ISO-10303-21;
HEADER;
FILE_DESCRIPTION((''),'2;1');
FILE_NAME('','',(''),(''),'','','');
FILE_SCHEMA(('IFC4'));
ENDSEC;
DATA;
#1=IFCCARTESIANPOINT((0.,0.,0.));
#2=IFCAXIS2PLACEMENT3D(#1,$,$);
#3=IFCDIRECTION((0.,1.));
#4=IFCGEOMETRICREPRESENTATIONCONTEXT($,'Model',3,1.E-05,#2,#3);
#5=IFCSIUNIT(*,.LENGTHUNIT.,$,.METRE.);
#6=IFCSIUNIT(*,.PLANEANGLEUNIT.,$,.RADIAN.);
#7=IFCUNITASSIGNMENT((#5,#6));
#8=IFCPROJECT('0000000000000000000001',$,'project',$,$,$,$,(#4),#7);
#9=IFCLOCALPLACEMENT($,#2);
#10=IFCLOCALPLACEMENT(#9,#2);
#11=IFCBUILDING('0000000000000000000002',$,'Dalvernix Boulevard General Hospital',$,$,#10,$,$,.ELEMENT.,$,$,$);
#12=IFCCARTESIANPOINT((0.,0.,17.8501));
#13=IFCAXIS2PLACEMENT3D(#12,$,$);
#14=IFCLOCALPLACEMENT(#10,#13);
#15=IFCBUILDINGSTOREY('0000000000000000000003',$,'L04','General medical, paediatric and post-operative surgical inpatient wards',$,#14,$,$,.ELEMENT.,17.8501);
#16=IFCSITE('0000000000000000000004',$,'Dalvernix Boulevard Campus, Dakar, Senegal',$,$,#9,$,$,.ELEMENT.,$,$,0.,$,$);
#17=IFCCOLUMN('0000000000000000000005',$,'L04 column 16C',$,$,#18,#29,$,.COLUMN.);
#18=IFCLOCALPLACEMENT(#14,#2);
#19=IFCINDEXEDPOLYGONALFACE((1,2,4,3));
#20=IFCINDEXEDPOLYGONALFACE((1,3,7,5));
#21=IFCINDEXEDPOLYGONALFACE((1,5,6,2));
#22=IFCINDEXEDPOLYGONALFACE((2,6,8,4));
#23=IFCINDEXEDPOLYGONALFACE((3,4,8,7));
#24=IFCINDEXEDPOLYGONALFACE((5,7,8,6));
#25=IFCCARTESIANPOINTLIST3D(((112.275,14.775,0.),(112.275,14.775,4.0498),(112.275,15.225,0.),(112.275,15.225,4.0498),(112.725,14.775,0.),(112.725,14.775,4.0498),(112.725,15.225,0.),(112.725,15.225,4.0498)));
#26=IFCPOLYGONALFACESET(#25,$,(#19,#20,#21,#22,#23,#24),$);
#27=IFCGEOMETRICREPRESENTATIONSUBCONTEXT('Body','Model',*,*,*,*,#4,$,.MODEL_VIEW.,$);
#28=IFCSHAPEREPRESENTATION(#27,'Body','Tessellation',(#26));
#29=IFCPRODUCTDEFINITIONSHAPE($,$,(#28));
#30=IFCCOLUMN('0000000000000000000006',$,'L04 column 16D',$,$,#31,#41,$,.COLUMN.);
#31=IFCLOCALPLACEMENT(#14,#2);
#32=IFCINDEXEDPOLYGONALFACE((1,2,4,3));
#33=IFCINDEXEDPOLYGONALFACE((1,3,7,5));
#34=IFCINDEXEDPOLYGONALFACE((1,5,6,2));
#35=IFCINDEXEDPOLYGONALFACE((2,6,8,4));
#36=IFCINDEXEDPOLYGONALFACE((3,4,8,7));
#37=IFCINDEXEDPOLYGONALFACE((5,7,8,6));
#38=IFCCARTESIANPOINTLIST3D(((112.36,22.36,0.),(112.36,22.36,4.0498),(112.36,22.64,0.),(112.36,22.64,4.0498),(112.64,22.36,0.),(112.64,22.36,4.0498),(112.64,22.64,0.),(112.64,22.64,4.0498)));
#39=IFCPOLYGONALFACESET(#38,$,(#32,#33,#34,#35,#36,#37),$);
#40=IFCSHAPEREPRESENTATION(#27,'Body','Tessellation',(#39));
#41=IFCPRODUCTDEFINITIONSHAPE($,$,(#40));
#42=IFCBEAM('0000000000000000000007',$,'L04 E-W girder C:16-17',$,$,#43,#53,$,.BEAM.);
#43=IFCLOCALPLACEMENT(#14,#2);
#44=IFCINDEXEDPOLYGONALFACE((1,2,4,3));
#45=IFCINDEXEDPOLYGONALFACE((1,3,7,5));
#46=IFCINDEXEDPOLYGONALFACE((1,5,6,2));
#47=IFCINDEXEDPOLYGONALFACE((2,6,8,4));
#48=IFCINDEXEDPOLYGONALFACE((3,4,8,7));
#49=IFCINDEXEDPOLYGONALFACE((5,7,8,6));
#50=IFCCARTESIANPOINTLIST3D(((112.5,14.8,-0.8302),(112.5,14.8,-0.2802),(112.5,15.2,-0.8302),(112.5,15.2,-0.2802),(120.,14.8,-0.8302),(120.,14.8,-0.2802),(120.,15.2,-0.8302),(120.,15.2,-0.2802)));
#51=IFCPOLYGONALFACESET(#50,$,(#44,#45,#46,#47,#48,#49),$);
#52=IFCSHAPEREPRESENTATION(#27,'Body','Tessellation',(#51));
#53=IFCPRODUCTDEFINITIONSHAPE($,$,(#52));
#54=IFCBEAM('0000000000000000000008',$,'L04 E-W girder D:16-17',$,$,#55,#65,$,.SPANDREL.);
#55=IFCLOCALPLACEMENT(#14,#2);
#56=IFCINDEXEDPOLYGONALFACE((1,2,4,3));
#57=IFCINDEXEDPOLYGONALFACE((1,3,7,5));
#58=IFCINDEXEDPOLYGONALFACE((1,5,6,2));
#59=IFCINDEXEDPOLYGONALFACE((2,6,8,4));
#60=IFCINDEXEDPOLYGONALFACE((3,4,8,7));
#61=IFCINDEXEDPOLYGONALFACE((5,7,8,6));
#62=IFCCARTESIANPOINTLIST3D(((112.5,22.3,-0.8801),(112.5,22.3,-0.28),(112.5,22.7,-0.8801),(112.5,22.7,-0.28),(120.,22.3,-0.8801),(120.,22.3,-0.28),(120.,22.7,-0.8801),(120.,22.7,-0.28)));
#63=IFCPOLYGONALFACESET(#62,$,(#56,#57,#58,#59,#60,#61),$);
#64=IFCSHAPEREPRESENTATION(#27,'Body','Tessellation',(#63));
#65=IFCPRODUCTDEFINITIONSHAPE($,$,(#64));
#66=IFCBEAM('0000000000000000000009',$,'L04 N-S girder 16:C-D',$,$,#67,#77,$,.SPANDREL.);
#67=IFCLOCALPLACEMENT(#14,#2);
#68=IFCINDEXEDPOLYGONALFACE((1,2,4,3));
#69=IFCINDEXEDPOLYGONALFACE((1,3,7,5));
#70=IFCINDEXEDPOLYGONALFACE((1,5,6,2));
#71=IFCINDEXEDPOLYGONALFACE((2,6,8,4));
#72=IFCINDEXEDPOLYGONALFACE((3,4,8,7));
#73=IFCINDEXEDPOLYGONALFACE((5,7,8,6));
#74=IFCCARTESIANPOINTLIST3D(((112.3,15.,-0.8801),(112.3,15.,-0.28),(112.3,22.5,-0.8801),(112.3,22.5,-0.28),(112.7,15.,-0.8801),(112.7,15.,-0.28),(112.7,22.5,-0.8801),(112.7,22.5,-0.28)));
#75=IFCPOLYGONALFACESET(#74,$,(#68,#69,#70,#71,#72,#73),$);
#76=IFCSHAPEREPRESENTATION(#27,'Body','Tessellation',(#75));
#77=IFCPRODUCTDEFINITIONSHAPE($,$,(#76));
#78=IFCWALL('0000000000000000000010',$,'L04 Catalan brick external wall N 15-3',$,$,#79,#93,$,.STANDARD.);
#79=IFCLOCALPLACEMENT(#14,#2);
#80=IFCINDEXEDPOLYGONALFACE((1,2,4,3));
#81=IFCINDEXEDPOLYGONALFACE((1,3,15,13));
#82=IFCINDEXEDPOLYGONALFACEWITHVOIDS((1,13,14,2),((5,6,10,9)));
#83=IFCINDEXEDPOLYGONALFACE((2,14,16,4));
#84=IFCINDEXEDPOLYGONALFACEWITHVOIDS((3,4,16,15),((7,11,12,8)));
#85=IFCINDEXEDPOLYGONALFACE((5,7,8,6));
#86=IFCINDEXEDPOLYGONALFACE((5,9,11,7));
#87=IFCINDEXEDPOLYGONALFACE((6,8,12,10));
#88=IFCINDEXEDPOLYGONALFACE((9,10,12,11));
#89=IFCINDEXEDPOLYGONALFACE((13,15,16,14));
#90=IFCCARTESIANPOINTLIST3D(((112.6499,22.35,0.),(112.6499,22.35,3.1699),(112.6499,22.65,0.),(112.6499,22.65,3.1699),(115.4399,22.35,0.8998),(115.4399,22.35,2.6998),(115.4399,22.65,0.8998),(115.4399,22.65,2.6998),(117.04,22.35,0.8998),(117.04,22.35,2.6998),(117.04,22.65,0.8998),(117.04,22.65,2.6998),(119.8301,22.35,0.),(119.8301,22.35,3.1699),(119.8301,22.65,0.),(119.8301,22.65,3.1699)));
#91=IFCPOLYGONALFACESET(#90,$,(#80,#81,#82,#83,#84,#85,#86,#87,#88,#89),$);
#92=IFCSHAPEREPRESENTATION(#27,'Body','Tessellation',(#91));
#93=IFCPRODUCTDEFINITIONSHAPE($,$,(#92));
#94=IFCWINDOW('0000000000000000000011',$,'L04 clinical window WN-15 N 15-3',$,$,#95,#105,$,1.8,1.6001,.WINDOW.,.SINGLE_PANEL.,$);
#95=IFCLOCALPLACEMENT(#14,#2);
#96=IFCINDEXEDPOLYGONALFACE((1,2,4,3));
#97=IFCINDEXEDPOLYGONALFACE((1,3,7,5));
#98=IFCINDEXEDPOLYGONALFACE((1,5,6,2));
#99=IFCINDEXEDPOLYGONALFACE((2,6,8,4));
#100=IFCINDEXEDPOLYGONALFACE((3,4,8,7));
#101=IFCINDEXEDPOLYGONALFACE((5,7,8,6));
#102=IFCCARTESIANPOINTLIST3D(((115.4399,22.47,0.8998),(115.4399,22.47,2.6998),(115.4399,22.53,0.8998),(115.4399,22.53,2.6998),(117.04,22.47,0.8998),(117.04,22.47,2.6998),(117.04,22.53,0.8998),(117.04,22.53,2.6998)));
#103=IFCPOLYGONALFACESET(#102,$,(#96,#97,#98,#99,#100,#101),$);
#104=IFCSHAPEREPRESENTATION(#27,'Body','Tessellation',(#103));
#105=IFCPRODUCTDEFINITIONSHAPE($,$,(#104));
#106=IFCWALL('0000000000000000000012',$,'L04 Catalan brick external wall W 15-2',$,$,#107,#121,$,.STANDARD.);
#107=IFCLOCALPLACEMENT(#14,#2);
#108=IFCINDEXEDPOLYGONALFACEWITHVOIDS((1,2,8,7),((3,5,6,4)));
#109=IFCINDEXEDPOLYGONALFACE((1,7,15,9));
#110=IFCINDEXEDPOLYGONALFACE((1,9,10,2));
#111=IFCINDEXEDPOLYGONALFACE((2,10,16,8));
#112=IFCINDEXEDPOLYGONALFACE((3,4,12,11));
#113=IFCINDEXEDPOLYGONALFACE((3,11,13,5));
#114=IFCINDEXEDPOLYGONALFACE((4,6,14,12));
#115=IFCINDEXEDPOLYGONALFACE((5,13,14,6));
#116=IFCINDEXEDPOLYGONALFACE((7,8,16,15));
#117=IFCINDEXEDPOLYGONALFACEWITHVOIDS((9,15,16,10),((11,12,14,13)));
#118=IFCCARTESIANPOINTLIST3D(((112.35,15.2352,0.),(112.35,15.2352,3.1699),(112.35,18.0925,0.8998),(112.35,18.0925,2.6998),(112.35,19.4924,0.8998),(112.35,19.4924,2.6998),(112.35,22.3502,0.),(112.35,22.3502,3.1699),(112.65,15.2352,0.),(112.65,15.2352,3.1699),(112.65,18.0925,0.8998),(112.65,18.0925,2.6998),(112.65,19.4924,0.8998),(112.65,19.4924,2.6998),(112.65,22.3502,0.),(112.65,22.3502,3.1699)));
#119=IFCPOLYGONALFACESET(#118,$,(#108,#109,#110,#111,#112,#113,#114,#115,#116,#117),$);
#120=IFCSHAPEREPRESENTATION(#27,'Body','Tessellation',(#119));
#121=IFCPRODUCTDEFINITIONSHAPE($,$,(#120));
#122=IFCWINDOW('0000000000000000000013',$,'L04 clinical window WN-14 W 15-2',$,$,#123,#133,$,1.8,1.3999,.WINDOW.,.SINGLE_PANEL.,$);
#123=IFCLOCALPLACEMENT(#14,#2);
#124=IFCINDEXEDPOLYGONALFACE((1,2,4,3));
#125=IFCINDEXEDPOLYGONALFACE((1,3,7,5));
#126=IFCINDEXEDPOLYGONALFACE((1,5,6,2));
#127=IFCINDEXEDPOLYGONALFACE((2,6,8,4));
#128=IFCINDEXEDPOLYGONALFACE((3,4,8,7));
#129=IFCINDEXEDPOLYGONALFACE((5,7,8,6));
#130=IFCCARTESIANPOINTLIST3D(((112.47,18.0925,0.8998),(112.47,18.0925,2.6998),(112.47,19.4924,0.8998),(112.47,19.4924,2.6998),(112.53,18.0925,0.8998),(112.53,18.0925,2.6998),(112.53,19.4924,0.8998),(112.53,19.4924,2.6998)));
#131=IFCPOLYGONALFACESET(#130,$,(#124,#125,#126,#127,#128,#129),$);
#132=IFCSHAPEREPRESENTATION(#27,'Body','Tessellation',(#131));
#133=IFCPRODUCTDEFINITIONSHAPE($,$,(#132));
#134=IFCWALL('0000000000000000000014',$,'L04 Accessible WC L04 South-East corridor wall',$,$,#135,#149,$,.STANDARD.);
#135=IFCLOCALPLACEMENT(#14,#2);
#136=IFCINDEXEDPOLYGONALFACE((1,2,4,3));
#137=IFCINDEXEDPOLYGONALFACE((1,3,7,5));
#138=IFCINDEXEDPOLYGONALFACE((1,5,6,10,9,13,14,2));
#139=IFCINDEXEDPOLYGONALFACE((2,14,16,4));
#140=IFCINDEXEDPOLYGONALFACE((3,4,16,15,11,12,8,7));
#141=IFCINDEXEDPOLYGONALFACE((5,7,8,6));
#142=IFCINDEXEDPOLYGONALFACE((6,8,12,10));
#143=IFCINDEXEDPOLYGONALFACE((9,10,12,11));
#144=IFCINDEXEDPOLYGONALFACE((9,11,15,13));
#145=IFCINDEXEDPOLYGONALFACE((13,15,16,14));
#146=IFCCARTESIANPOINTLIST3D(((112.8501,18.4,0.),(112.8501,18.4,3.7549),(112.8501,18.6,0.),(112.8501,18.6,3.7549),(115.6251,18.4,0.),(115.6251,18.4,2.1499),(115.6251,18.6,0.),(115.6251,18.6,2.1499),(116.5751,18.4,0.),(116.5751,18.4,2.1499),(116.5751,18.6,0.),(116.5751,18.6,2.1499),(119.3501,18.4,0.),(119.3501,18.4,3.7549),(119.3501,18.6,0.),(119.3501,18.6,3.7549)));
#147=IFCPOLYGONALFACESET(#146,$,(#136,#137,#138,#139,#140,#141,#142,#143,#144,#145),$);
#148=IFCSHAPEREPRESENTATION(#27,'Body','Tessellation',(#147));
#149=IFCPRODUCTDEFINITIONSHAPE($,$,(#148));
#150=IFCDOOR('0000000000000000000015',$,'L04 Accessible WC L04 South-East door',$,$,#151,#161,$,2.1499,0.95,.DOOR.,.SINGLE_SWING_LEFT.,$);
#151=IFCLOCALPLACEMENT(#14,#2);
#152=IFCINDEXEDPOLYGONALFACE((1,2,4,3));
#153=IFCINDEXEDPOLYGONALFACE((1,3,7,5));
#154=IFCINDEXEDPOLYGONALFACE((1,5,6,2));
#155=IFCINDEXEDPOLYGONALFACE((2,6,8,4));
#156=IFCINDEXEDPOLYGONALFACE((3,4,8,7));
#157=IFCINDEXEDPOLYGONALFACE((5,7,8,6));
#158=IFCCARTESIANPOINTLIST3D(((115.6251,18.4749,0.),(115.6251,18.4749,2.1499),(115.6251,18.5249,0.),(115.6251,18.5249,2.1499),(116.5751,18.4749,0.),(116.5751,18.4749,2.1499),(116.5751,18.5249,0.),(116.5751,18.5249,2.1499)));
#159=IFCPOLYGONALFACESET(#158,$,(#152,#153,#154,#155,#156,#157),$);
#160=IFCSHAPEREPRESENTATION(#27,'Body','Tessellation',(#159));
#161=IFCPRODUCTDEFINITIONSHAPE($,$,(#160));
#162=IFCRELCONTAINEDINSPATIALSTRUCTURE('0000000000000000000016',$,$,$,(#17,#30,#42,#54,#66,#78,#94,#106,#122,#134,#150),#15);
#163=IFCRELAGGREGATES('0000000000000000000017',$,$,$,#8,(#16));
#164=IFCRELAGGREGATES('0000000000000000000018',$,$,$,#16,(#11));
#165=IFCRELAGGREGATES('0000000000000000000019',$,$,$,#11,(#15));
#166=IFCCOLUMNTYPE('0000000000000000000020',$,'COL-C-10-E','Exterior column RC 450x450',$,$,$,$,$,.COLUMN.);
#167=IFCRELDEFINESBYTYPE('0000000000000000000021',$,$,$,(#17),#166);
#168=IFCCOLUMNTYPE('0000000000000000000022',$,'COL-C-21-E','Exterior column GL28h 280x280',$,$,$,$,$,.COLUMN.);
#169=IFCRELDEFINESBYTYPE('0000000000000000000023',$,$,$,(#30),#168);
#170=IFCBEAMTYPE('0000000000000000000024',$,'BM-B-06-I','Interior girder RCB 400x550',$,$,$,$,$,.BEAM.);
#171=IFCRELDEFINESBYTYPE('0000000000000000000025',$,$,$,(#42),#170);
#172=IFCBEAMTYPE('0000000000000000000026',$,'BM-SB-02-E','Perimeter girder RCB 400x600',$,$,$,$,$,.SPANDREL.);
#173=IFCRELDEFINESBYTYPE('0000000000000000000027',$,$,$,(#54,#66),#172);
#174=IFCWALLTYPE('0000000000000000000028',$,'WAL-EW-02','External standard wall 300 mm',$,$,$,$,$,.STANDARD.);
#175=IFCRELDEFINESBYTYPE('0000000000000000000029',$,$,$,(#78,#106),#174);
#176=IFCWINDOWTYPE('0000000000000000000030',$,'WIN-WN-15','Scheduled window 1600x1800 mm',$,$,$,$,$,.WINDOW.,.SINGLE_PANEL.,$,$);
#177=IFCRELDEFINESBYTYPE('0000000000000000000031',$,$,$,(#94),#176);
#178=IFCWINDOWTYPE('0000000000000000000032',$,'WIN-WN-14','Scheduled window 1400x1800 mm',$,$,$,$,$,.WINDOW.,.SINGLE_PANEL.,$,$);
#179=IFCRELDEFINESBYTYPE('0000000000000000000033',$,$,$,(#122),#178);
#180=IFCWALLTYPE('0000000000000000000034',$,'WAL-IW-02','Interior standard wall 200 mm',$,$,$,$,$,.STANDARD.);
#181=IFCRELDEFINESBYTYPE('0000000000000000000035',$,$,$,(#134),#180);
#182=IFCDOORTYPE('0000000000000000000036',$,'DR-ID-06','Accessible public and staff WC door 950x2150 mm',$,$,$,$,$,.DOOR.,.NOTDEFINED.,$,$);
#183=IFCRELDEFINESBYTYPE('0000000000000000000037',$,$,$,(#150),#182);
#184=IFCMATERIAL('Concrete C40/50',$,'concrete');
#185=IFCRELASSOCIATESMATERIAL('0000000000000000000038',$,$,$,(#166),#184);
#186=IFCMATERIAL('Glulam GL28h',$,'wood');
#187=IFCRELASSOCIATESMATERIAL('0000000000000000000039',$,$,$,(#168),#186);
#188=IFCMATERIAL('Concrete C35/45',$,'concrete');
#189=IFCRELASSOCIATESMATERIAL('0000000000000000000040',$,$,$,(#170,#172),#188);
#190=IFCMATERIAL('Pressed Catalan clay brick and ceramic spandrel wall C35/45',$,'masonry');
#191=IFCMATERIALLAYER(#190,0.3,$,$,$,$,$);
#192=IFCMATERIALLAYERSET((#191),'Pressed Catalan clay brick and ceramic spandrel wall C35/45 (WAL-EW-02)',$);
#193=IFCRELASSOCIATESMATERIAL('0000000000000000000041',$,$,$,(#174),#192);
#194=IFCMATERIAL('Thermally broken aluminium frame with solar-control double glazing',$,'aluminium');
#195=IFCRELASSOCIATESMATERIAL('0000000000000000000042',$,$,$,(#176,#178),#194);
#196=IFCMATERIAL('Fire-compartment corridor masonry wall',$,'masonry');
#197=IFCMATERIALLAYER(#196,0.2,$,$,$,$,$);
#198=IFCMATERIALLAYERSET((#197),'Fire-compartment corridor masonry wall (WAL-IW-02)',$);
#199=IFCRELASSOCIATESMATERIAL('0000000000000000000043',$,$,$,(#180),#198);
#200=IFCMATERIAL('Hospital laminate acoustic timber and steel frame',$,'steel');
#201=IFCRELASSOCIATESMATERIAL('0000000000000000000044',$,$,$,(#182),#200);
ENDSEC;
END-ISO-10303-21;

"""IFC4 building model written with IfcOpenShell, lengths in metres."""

from ifc_helpers import new_model, si_unit, direction, frame, frame_2d, origin, origin_2d, place, context, subcontext, project, spatial, rectangle, extrude, material, layer, layer_set, material_profile, profile_set, type_object, element, fill, save


model = new_model("IFC4")

# Units and contexts
model_context = context("Model", 3, precision=1e-05, world=origin(), true_north=direction((0.0, 1.0)))
body_context = subcontext(model_context, "Body", "Model", "MODEL_VIEW")
ifc_project = project(units=[si_unit("LENGTHUNIT", "METRE"), si_unit("PLANEANGLEUNIT", "RADIAN")], contexts=[model_context])

# Site, building, storey
site_placement = place(None, origin())
site = spatial("IfcSite", under=ifc_project, at=site_placement, Name="Dalvernix Boulevard Campus, Dakar, Senegal", CompositionType="ELEMENT", RefElevation=0.0)
building_placement = place(site_placement, origin())
building = spatial("IfcBuilding", under=site, at=building_placement, Name="Dalvernix Boulevard General Hospital", CompositionType="ELEMENT")
storey_placement = place(building_placement, frame((0.0, 0.0, 17.8501)))
storey = spatial("IfcBuildingStorey", under=building, at=storey_placement, Name="L04", Description="General medical, paediatric and post-operative surgical inpatient wards", CompositionType="ELEMENT", Elevation=17.8501)

# Columns
ifc_material_1 = material(Name="Concrete C40/50", Category="concrete")
ifc_material_profile_1 = material_profile(ifc_material_1, rectangle(XDim=0.45, YDim=0.45, at=origin_2d()), Name="RC 450x450")
ifc_profile_set_1 = profile_set([ifc_material_profile_1], Name="Concrete C40/50")
column_type_1 = type_object("IfcColumnType", Name="COL-C-10-E", Description="Exterior column RC 450x450", PredefinedType="COLUMN", material=ifc_profile_set_1)
column_1_placement = place(storey_placement, frame((112.5, 15.0, 0.0), z_axis=(0.0, 0.0, 1.0), x_axis=(1.0, 0.0, 0.0)))
element("IfcColumn", 1, at=column_1_placement, inside=storey, type_object=column_type_1, Name="L04 column 16C", PredefinedType="COLUMN", context=body_context, shape_type="SweptSolid", body=[
    extrude(rectangle(XDim=0.45, YDim=0.45, at=origin_2d()), origin(), (0.0, 0.0, 1.0), 4.0498),
])
ifc_material_2 = material(Name="Glulam GL28h", Category="wood")
ifc_material_profile_2 = material_profile(ifc_material_2, rectangle(XDim=0.28, YDim=0.28, at=origin_2d()), Name="GL28h 280x280")
ifc_profile_set_2 = profile_set([ifc_material_profile_2], Name="Glulam GL28h")
column_type_2 = type_object("IfcColumnType", Name="COL-C-21-E", Description="Exterior column GL28h 280x280", PredefinedType="COLUMN", material=ifc_profile_set_2)
column_2_placement = place(storey_placement, frame((112.5, 22.5, 0.0), z_axis=(0.0, 0.0, 1.0), x_axis=(1.0, 0.0, 0.0)))
element("IfcColumn", 2, at=column_2_placement, inside=storey, type_object=column_type_2, Name="L04 column 16D", PredefinedType="COLUMN", context=body_context, shape_type="SweptSolid", body=[
    extrude(rectangle(XDim=0.28, YDim=0.28, at=origin_2d()), origin(), (0.0, 0.0, 1.0), 4.0498),
])

# Beams
ifc_material_3 = material(Name="Concrete C35/45", Category="concrete")
ifc_material_profile_3 = material_profile(ifc_material_3, rectangle(XDim=0.3999, YDim=0.55, at=origin_2d()), Name="RCB 400x550")
ifc_profile_set_3 = profile_set([ifc_material_profile_3], Name="Concrete C35/45")
beam_type_1 = type_object("IfcBeamType", Name="BM-B-06-I", Description="Interior girder RCB 400x550", PredefinedType="BEAM", material=ifc_profile_set_3)
beam_placement = place(storey_placement, frame((112.5, 15.0, -0.5552), z_axis=(1.0, 0.0, 0.0), x_axis=(0.0, 1.0, 0.0)))
element("IfcBeam", 3, at=beam_placement, inside=storey, type_object=beam_type_1, Name="L04 E-W girder C:16-17", PredefinedType="BEAM", context=body_context, shape_type="SweptSolid", body=[
    extrude(rectangle(XDim=0.3999, YDim=0.55, at=origin_2d()), origin(), (0.0, 0.0, 1.0), 7.5),
])
ifc_material_profile_4 = material_profile(ifc_material_3, rectangle(XDim=0.3999, YDim=0.6001, at=origin_2d()), Name="RCB 400x600")
ifc_profile_set_4 = profile_set([ifc_material_profile_4], Name="Concrete C35/45")
beam_type_2 = type_object("IfcBeamType", Name="BM-SB-02-E", Description="Perimeter girder RCB 400x600", PredefinedType="SPANDREL", material=ifc_profile_set_4)
for number, where, z_axis, x_axis, name in (
    (4, (112.5, 22.5, -0.5801), (1.0, 0.0, 0.0), (0.0, 1.0, 0.0), "L04 E-W girder D:16-17"),
    (5, (112.5, 15.0, -0.5801), (0.0, 1.0, 0.0), (-1.0, 0.0, 0.0), "L04 N-S girder 16:C-D"),
):
    element("IfcBeam", number, at=place(storey_placement, frame(where, z_axis=z_axis, x_axis=x_axis)), inside=storey, type_object=beam_type_2, Name=name, PredefinedType="SPANDREL", context=body_context, shape_type="SweptSolid", body=[
        extrude(rectangle(XDim=0.3999, YDim=0.6001, at=origin_2d()), origin(), (0.0, 0.0, 1.0), 7.5),
    ])

# Walls, openings, windows
ifc_material_4 = material(Name="Pressed Catalan clay brick and ceramic spandrel wall C35/45", Category="masonry")
ifc_layer_1 = layer(ifc_material_4, 0.3)
ifc_layer_set_1 = layer_set([ifc_layer_1], Name="Pressed Catalan clay brick and ceramic spandrel wall C35/45 (WAL-EW-02)")
wall_type_1 = type_object("IfcWallType", Name="WAL-EW-02", Description="External standard wall 300 mm", PredefinedType="STANDARD", material=ifc_layer_set_1)
wall_1_placement = place(storey_placement, frame((112.6499, 22.5, 0.0), z_axis=(0.0, 0.0, 1.0), x_axis=(1.0, 0.0, 0.0)))
wall_1 = element("IfcWall", 6, at=wall_1_placement, inside=storey, type_object=wall_type_1, Name="L04 Catalan brick external wall N 15-3", PredefinedType="STANDARD", context=body_context, shape_type="SweptSolid", body=[
    extrude(rectangle(XDim=7.1802, YDim=0.3, at=frame_2d((3.5901, 0.0))), origin(), (0.0, 0.0, 1.0), 3.1699),
])
opening_1_placement = place(wall_1_placement, frame((2.79, 0.0, 0.8999)))
opening_1 = element("IfcOpeningElement", 7, at=opening_1_placement, cuts=wall_1, PredefinedType="OPENING", context=body_context, shape_type="SweptSolid", body=[
    extrude(rectangle(XDim=1.6001, YDim=1.8, at=frame_2d((0.8, 0.8999))), frame((0.0, 0.1599, 0.0), z_axis=(0.0, -1.0, 0.0), x_axis=(1.0, 0.0, 0.0)), (0.0, 0.0, 1.0), 0.3201),
])
ifc_material_5 = material(Name="Thermally broken aluminium frame with solar-control double glazing", Category="aluminium")
window_type_1 = type_object("IfcWindowType", Name="WIN-WN-15", Description="Scheduled window 1600x1800 mm", PartitioningType="SINGLE_PANEL", PredefinedType="WINDOW", material=ifc_material_5)
window_1_placement = place(opening_1_placement, origin())
window_1 = element("IfcWindow", 8, at=window_1_placement, inside=storey, type_object=window_type_1, Name="L04 clinical window WN-15 N 15-3", OverallHeight=1.8, OverallWidth=1.6001, PartitioningType="SINGLE_PANEL", PredefinedType="WINDOW", context=body_context, shape_type="SweptSolid", body=[
    extrude(rectangle(XDim=1.6001, YDim=1.8, at=frame_2d((0.8, 0.8999))), frame((0.0, 0.03, 0.0), z_axis=(0.0, -1.0, 0.0), x_axis=(1.0, 0.0, 0.0)), (0.0, 0.0, 1.0), 0.0601),
])
fill(opening_1, window_1)
wall_2_placement = place(storey_placement, frame((112.5, 15.2351, 0.0), z_axis=(0.0, 0.0, 1.0), x_axis=(0.0, 1.0, 0.0)))
wall_2 = element("IfcWall", 9, at=wall_2_placement, inside=storey, type_object=wall_type_1, Name="L04 Catalan brick external wall W 15-2", PredefinedType="STANDARD", context=body_context, shape_type="SweptSolid", body=[
    extrude(rectangle(XDim=7.115, YDim=0.3, at=frame_2d((3.5576, 0.0))), origin(), (0.0, 0.0, 1.0), 3.1699),
])
opening_2_placement = place(wall_2_placement, frame((2.8574, 0.0, 0.8999)))
opening_2 = element("IfcOpeningElement", 10, at=opening_2_placement, cuts=wall_2, PredefinedType="OPENING", context=body_context, shape_type="SweptSolid", body=[
    extrude(rectangle(XDim=1.3999, YDim=1.8, at=frame_2d((0.7, 0.8999))), frame((0.0, 0.1599, 0.0), z_axis=(0.0, -1.0, 0.0), x_axis=(1.0, 0.0, 0.0)), (0.0, 0.0, 1.0), 0.3201),
])
window_type_2 = type_object("IfcWindowType", Name="WIN-WN-14", Description="Scheduled window 1400x1800 mm", PartitioningType="SINGLE_PANEL", PredefinedType="WINDOW", material=ifc_material_5)
window_2_placement = place(opening_2_placement, origin())
window_2 = element("IfcWindow", 11, at=window_2_placement, inside=storey, type_object=window_type_2, Name="L04 clinical window WN-14 W 15-2", OverallHeight=1.8, OverallWidth=1.3999, PartitioningType="SINGLE_PANEL", PredefinedType="WINDOW", context=body_context, shape_type="SweptSolid", body=[
    extrude(rectangle(XDim=1.3999, YDim=1.8, at=frame_2d((0.7, 0.8999))), frame((0.0, 0.03, 0.0), z_axis=(0.0, -1.0, 0.0), x_axis=(1.0, 0.0, 0.0)), (0.0, 0.0, 1.0), 0.0601),
])
fill(opening_2, window_2)

# Wall, opening, door
ifc_material_6 = material(Name="Fire-compartment corridor masonry wall", Category="masonry")
ifc_layer_2 = layer(ifc_material_6, 0.2)
ifc_layer_set_2 = layer_set([ifc_layer_2], Name="Fire-compartment corridor masonry wall (WAL-IW-02)")
wall_type_2 = type_object("IfcWallType", Name="WAL-IW-02", Description="Interior standard wall 200 mm", PredefinedType="STANDARD", material=ifc_layer_set_2)
wall_3_placement = place(storey_placement, frame((112.8501, 18.5, 0.0), z_axis=(0.0, 0.0, 1.0), x_axis=(1.0, 0.0, 0.0)))
wall_3 = element("IfcWall", 12, at=wall_3_placement, inside=storey, type_object=wall_type_2, Name="L04 Accessible WC L04 South-East corridor wall", PredefinedType="STANDARD", context=body_context, shape_type="SweptSolid", body=[
    extrude(rectangle(XDim=6.5, YDim=0.2, at=frame_2d((3.25, 0.0))), origin(), (0.0, 0.0, 1.0), 3.7549),
])
opening_3_placement = place(wall_3_placement, frame((2.7749, 0.0, 0.0)))
opening_3 = element("IfcOpeningElement", 13, at=opening_3_placement, cuts=wall_3, PredefinedType="OPENING", context=body_context, shape_type="SweptSolid", body=[
    extrude(rectangle(XDim=0.95, YDim=2.1499, at=frame_2d((0.4751, 1.075))), frame((0.0, 0.1099, 0.0), z_axis=(0.0, -1.0, 0.0), x_axis=(1.0, 0.0, 0.0)), (0.0, 0.0, 1.0), 0.22),
])
ifc_material_7 = material(Name="Hospital laminate acoustic timber and steel frame", Category="steel")
door_type_1 = type_object("IfcDoorType", Name="DR-ID-06", Description="Accessible public and staff WC door 950x2150 mm", OperationType="NOTDEFINED", PredefinedType="DOOR", material=ifc_material_7)
door_1_placement = place(opening_3_placement, origin())
door_1 = element("IfcDoor", 14, at=door_1_placement, inside=storey, type_object=door_type_1, Name="L04 Accessible WC L04 South-East door", OperationType="SINGLE_SWING_LEFT", OverallHeight=2.1499, OverallWidth=0.95, PredefinedType="DOOR", context=body_context, shape_type="SweptSolid", body=[
    extrude(rectangle(XDim=0.95, YDim=2.1499, at=frame_2d((0.4751, 1.075))), frame((0.0, 0.0249, 0.0), z_axis=(0.0, -1.0, 0.0), x_axis=(1.0, 0.0, 0.0)), (0.0, 0.0, 1.0), 0.05),
])
fill(opening_3, door_1)

save(model, "model.ifc")
